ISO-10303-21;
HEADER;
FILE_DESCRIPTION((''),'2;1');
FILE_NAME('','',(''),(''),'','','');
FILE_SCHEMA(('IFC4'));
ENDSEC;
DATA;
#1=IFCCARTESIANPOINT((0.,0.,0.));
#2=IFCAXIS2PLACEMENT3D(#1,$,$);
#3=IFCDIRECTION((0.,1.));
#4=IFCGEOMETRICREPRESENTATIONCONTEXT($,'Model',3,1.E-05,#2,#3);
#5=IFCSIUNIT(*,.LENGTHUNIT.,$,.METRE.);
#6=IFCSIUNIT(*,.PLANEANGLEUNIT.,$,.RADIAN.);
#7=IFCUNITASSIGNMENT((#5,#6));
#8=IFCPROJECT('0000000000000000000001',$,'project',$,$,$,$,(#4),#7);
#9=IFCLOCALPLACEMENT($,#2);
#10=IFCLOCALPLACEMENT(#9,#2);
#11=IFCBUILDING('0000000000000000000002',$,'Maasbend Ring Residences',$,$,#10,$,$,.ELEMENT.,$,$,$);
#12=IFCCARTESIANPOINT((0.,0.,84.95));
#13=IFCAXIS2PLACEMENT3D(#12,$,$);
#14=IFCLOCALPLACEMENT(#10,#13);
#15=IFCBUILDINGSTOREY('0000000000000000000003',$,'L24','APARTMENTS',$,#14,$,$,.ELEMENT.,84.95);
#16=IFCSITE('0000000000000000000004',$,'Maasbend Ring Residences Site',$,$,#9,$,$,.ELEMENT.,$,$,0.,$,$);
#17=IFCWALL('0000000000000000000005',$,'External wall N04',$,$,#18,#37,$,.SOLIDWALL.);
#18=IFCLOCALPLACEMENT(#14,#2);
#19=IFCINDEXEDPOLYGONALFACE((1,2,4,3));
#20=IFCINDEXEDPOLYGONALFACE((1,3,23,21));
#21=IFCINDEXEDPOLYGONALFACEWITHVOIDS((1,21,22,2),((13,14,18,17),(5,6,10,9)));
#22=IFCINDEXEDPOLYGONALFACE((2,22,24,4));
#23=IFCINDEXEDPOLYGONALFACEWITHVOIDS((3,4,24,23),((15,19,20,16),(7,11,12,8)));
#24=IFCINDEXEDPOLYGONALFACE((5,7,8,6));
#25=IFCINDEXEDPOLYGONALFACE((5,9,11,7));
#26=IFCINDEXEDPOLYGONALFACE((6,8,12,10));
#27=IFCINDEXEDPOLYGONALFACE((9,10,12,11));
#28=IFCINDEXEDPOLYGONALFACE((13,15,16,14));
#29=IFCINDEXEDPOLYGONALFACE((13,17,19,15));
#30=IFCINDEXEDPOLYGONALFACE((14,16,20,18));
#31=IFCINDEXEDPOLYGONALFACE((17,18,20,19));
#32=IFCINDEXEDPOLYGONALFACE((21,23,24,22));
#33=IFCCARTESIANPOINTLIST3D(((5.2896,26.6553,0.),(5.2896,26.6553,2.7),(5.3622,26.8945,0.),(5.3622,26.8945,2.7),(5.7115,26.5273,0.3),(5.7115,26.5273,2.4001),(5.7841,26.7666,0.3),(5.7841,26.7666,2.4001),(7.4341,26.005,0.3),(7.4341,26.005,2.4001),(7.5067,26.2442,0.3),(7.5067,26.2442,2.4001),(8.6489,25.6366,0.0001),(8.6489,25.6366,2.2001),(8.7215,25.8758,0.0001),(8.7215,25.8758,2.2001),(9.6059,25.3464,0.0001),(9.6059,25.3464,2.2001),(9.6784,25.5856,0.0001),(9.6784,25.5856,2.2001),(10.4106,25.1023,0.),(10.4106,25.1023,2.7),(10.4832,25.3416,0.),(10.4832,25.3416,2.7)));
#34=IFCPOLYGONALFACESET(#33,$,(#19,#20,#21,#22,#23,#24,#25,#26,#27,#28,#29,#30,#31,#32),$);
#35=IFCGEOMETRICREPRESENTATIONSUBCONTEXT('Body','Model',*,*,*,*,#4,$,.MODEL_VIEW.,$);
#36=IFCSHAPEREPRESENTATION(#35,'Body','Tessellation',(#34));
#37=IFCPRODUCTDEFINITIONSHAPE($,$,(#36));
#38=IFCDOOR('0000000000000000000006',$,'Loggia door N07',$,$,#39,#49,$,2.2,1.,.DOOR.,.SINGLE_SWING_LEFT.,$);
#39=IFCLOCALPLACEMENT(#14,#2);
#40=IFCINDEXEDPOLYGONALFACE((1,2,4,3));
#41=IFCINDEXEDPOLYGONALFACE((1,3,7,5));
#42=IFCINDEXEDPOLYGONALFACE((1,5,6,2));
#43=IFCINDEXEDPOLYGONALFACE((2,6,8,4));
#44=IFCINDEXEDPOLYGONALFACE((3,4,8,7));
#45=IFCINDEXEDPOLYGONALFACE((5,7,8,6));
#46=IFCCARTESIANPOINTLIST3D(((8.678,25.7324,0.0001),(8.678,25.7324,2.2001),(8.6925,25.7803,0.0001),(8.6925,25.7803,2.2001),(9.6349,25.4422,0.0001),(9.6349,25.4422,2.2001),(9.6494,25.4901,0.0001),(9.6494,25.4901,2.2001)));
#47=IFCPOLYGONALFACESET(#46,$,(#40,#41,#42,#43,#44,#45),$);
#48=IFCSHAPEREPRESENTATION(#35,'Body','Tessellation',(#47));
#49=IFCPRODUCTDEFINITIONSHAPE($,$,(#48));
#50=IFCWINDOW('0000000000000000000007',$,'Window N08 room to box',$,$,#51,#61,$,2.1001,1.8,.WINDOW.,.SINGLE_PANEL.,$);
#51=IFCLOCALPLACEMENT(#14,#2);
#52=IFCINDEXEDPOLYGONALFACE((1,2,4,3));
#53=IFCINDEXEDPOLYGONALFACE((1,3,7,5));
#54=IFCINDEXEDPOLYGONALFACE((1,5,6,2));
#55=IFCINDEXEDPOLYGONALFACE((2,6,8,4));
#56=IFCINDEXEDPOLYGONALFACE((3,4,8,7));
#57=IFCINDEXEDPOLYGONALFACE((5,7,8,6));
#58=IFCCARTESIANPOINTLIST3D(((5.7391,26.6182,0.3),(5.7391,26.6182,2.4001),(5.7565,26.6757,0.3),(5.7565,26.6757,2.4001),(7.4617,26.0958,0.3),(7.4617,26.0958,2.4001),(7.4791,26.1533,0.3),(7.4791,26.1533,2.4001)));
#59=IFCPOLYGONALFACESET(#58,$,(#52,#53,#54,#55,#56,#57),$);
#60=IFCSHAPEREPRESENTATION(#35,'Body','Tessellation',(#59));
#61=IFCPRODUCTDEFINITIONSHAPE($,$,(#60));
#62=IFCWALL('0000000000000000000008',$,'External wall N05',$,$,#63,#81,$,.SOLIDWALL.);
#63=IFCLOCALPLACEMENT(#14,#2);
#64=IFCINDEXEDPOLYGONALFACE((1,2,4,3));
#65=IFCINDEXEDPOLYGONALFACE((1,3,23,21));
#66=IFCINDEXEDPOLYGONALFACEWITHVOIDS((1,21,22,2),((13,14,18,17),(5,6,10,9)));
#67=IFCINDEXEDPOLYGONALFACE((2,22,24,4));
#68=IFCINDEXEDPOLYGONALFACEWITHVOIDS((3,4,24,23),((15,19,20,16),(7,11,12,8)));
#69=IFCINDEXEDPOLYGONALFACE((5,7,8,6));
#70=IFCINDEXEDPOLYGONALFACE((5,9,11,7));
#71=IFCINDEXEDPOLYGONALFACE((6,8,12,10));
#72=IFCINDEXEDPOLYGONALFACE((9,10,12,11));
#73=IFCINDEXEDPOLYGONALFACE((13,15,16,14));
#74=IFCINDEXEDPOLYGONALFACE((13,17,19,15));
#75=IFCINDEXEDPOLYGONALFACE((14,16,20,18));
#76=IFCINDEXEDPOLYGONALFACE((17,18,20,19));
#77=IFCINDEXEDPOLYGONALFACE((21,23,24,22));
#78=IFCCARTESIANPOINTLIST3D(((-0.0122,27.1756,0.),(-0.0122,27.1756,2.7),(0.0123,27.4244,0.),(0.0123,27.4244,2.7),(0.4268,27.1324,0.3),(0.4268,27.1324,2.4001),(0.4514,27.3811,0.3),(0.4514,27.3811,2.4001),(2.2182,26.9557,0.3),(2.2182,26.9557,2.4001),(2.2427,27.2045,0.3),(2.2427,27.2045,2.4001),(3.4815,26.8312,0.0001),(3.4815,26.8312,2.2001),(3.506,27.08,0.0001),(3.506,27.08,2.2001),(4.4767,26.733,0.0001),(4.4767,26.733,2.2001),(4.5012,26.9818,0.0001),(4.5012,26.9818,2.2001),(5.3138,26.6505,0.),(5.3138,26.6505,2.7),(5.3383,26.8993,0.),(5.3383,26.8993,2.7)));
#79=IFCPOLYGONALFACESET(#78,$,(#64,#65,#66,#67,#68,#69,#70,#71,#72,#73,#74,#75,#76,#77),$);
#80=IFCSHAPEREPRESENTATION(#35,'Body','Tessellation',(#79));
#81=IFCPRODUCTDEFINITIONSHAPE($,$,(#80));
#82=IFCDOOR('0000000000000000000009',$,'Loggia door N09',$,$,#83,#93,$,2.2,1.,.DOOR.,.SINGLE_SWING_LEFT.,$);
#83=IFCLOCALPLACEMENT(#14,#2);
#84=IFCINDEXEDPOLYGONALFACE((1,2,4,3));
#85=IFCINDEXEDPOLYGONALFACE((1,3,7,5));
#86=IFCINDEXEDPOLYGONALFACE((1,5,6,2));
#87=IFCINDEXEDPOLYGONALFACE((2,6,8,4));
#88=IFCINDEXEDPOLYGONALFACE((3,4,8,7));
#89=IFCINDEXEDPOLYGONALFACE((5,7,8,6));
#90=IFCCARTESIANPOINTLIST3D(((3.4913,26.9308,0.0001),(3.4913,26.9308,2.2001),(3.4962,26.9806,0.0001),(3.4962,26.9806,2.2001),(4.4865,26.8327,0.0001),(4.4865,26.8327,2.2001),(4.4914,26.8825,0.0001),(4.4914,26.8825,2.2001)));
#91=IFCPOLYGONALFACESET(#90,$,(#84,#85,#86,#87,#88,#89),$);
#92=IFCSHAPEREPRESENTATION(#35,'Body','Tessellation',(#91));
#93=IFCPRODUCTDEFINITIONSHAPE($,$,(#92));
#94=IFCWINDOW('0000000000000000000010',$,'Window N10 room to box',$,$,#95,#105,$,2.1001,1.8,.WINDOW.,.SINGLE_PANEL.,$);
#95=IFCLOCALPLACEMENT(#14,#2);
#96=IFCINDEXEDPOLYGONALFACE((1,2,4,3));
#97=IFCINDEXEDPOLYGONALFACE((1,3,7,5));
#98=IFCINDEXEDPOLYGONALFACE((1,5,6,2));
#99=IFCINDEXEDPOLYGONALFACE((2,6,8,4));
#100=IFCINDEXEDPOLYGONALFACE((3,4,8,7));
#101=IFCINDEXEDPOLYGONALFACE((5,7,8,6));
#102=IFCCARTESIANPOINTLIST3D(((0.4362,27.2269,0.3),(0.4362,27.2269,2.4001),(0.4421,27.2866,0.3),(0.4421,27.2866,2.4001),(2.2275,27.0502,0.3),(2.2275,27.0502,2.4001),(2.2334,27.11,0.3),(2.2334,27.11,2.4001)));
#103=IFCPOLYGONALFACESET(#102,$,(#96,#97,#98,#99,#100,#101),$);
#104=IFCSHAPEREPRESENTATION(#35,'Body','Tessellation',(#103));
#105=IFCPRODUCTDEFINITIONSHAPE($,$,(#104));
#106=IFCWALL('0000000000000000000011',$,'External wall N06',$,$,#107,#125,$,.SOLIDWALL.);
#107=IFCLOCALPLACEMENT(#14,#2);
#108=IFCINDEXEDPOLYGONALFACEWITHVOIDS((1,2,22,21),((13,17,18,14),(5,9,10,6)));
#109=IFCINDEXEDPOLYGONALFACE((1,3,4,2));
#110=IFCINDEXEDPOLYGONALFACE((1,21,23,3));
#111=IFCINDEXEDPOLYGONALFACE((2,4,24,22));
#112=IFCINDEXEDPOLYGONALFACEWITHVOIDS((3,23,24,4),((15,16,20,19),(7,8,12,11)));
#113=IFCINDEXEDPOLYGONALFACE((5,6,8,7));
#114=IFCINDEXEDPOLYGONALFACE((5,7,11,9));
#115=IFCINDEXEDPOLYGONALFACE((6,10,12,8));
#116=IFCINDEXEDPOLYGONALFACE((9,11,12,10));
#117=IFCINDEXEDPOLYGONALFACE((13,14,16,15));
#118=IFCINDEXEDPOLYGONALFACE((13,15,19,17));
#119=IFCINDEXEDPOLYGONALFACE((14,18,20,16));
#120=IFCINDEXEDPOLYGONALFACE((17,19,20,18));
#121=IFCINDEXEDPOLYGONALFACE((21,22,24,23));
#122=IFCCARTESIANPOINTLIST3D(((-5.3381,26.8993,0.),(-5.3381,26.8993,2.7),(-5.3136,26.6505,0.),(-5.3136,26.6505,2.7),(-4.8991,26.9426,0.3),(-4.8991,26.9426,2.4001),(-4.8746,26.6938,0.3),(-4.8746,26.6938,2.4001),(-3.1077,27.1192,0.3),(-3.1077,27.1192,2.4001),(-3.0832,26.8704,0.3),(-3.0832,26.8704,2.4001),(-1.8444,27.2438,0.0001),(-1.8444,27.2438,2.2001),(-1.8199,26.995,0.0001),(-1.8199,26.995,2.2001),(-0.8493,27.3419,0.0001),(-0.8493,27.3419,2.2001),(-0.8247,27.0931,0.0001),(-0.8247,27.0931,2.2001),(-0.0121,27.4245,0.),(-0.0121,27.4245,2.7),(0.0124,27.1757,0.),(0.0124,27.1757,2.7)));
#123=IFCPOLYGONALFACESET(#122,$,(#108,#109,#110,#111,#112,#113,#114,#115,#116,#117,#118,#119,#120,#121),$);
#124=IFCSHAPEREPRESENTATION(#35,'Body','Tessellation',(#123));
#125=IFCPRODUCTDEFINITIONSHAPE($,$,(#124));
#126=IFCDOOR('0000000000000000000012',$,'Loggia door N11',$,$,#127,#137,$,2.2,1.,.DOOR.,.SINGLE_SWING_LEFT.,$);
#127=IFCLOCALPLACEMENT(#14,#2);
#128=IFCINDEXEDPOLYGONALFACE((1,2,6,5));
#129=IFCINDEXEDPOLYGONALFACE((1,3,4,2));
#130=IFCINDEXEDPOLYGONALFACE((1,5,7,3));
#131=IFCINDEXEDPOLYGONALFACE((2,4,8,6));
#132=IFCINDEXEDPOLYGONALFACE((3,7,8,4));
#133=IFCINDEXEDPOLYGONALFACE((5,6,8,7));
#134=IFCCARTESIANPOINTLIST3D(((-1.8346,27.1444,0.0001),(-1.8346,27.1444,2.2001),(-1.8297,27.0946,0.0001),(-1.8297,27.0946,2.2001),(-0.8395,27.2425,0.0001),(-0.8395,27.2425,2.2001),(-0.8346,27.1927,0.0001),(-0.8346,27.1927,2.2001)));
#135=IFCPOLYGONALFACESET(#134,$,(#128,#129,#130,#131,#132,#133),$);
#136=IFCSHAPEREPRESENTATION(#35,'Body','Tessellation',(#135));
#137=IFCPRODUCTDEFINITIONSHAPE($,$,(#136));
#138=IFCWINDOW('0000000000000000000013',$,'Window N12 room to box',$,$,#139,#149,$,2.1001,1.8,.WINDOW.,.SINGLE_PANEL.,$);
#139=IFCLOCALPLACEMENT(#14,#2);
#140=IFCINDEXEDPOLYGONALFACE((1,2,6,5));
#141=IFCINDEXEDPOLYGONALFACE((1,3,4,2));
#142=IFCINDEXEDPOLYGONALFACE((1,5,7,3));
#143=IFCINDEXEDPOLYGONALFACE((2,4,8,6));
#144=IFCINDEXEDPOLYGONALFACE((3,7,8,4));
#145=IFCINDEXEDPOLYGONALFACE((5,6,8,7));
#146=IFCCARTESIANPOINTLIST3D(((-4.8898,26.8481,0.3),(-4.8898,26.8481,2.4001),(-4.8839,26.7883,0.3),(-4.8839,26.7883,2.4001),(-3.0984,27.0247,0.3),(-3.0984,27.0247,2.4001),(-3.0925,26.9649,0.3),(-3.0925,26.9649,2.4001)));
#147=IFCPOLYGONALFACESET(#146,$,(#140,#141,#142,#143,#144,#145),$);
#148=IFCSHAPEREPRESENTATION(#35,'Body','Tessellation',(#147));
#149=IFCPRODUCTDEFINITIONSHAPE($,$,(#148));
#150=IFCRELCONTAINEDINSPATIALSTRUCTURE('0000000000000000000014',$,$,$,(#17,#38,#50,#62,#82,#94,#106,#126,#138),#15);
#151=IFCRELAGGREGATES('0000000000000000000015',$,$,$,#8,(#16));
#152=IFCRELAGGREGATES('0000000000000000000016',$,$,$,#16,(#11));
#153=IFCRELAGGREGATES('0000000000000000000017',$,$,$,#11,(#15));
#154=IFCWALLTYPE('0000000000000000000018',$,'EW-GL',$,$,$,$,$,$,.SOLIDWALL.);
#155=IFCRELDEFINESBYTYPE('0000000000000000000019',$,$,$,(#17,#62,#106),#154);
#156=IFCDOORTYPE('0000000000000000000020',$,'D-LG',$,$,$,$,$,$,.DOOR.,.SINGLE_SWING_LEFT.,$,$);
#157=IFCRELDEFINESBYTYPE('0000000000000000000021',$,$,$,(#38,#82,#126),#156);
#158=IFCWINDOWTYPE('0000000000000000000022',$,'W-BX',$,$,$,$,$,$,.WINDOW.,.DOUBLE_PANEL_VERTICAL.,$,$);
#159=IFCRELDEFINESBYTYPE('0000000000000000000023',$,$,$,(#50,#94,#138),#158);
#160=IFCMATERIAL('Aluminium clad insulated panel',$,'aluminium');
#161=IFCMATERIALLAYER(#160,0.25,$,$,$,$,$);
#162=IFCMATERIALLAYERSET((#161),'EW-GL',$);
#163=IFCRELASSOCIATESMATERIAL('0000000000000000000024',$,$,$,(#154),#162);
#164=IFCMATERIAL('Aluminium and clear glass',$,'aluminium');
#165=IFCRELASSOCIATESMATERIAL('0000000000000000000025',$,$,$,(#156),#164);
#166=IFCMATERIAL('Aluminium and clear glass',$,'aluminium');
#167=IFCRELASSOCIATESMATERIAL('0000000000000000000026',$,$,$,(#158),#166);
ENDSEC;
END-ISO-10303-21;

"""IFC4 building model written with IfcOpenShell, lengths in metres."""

from ifc_helpers import new_model, si_unit, direction, frame, frame_2d, origin, place, context, subcontext, project, spatial, rectangle, extrude, material, layer, layer_set, type_object, element, fill, save


model = new_model("IFC4")

# Units and contexts
model_context = context("Model", 3, precision=1e-05, world=origin(), true_north=direction((0.0, 1.0)))
body_context = subcontext(model_context, "Body", "Model", "MODEL_VIEW")
ifc_project = project(units=[si_unit("LENGTHUNIT", "METRE"), si_unit("PLANEANGLEUNIT", "RADIAN")], contexts=[model_context])

# Site, building, storey
site_placement = place(None, origin())
site = spatial("IfcSite", under=ifc_project, at=site_placement, Name="Maasbend Ring Residences Site", CompositionType="ELEMENT", RefElevation=0.0)
building_placement = place(site_placement, origin())
building = spatial("IfcBuilding", under=site, at=building_placement, Name="Maasbend Ring Residences", CompositionType="ELEMENT")
storey_placement = place(building_placement, frame((0.0, 0.0, 84.95)))
storey = spatial("IfcBuildingStorey", under=building, at=storey_placement, Name="L24", Description="APARTMENTS", CompositionType="ELEMENT", Elevation=84.95)

# Walls, openings, doors, windows
ifc_material_1 = material(Name="Aluminium clad insulated panel", Category="aluminium")
ifc_layer_1 = layer(ifc_material_1, 0.25)
ifc_layer_set_1 = layer_set([ifc_layer_1], Name="EW-GL")
wall_type_1 = type_object("IfcWallType", Name="EW-GL", PredefinedType="SOLIDWALL", material=ifc_layer_set_1)
wall_1_placement = place(storey_placement, frame((10.447, 25.2219, 0.0), z_axis=(0.0, 0.0, 1.0), x_axis=(-0.956966, 0.290201, 0.0)))
wall_1 = element("IfcWall", 1, at=wall_1_placement, inside=storey, type_object=wall_type_1, Name="External wall N04", PredefinedType="SOLIDWALL", context=body_context, shape_type="SweptSolid", body=[
    extrude(rectangle(XDim=5.3513, YDim=0.25, at=frame_2d((2.6758, 0.0))), origin(), (0.0, 0.0, 1.0), 2.7),
])
opening_1_placement = place(wall_1_placement, frame((0.8411, 0.0, 0.0)))
opening_1 = element("IfcOpeningElement", 2, at=opening_1_placement, cuts=wall_1, PredefinedType="OPENING", context=body_context, shape_type="SweptSolid", body=[
    extrude(rectangle(XDim=1.0, YDim=2.2, at=frame_2d((0.5, 1.1001))), frame((0.0, 0.135, 0.0), z_axis=(0.0, -1.0, 0.0), x_axis=(1.0, 0.0, 0.0)), (0.0, 0.0, 1.0), 0.27),
])
opening_2_placement = place(wall_1_placement, frame((3.1106, 0.0, 0.3)))
opening_2 = element("IfcOpeningElement", 3, at=opening_2_placement, cuts=wall_1, PredefinedType="OPENING", context=body_context, shape_type="SweptSolid", body=[
    extrude(rectangle(XDim=1.8, YDim=2.1001, at=frame_2d((0.8999, 1.05))), frame((0.0, 0.135, 0.0), z_axis=(0.0, -1.0, 0.0), x_axis=(1.0, 0.0, 0.0)), (0.0, 0.0, 1.0), 0.27),
])
ifc_material_2 = material(Name="Aluminium and clear glass", Category="aluminium")
door_type_1 = type_object("IfcDoorType", Name="D-LG", OperationType="SINGLE_SWING_LEFT", PredefinedType="DOOR", material=ifc_material_2)
door_1_placement = place(opening_1_placement, origin())
door_1 = element("IfcDoor", 4, at=door_1_placement, inside=storey, type_object=door_type_1, Name="Loggia door N07", OperationType="SINGLE_SWING_LEFT", OverallHeight=2.2, OverallWidth=1.0, PredefinedType="DOOR", context=body_context, shape_type="SweptSolid", body=[
    extrude(rectangle(XDim=1.0, YDim=2.2, at=frame_2d((0.5, 1.1001))), frame((0.0, 0.0249, 0.0), z_axis=(0.0, -1.0, 0.0), x_axis=(1.0, 0.0, 0.0)), (0.0, 0.0, 1.0), 0.05),
])
fill(opening_1, door_1)
ifc_material_3 = material(Name="Aluminium and clear glass", Category="aluminium")
window_type_1 = type_object("IfcWindowType", Name="W-BX", PartitioningType="DOUBLE_PANEL_VERTICAL", PredefinedType="WINDOW", material=ifc_material_3)
window_1_placement = place(opening_2_placement, origin())
window_1 = element("IfcWindow", 5, at=window_1_placement, inside=storey, type_object=window_type_1, Name="Window N08 room to box", OverallHeight=2.1001, OverallWidth=1.8, PartitioningType="SINGLE_PANEL", PredefinedType="WINDOW", context=body_context, shape_type="SweptSolid", body=[
    extrude(rectangle(XDim=1.8, YDim=2.1001, at=frame_2d((0.8999, 1.05))), frame((0.0, 0.03, 0.0), z_axis=(0.0, -1.0, 0.0), x_axis=(1.0, 0.0, 0.0)), (0.0, 0.0, 1.0), 0.0601),
])
fill(opening_2, window_1)
wall_2_placement = place(storey_placement, frame((5.3259, 26.7749, 0.0), z_axis=(0.0, 0.0, 1.0), x_axis=(-0.995174, 0.098126, 0.0)))
wall_2 = element("IfcWall", 6, at=wall_2_placement, inside=storey, type_object=wall_type_1, Name="External wall N05", PredefinedType="SOLIDWALL", context=body_context, shape_type="SweptSolid", body=[
    extrude(rectangle(XDim=5.3518, YDim=0.25, at=frame_2d((2.6758, 0.0))), origin(), (0.0, 0.0, 1.0), 2.7),
])
opening_3_placement = place(wall_2_placement, frame((0.8411, 0.0, 0.0)))
opening_3 = element("IfcOpeningElement", 7, at=opening_3_placement, cuts=wall_2, PredefinedType="OPENING", context=body_context, shape_type="SweptSolid", body=[
    extrude(rectangle(XDim=1.0, YDim=2.2, at=frame_2d((0.5, 1.1001))), frame((0.0, 0.135, 0.0), z_axis=(0.0, -1.0, 0.0), x_axis=(1.0, 0.0, 0.0)), (0.0, 0.0, 1.0), 0.27),
])
opening_4_placement = place(wall_2_placement, frame((3.1106, 0.0, 0.3)))
opening_4 = element("IfcOpeningElement", 8, at=opening_4_placement, cuts=wall_2, PredefinedType="OPENING", context=body_context, shape_type="SweptSolid", body=[
    extrude(rectangle(XDim=1.8, YDim=2.1001, at=frame_2d((0.8999, 1.05))), frame((0.0, 0.135, 0.0), z_axis=(0.0, -1.0, 0.0), x_axis=(1.0, 0.0, 0.0)), (0.0, 0.0, 1.0), 0.27),
])
door_2_placement = place(opening_3_placement, origin())
door_2 = element("IfcDoor", 9, at=door_2_placement, inside=storey, type_object=door_type_1, Name="Loggia door N09", OperationType="SINGLE_SWING_LEFT", OverallHeight=2.2, OverallWidth=1.0, PredefinedType="DOOR", context=body_context, shape_type="SweptSolid", body=[
    extrude(rectangle(XDim=1.0, YDim=2.2, at=frame_2d((0.5, 1.1001))), frame((0.0, 0.0249, 0.0), z_axis=(0.0, -1.0, 0.0), x_axis=(1.0, 0.0, 0.0)), (0.0, 0.0, 1.0), 0.05),
])
fill(opening_3, door_2)
window_2_placement = place(opening_4_placement, origin())
window_2 = element("IfcWindow", 10, at=window_2_placement, inside=storey, type_object=window_type_1, Name="Window N10 room to box", OverallHeight=2.1001, OverallWidth=1.8, PartitioningType="SINGLE_PANEL", PredefinedType="WINDOW", context=body_context, shape_type="SweptSolid", body=[
    extrude(rectangle(XDim=1.8, YDim=2.1001, at=frame_2d((0.8999, 1.05))), frame((0.0, 0.03, 0.0), z_axis=(0.0, -1.0, 0.0), x_axis=(1.0, 0.0, 0.0)), (0.0, 0.0, 1.0), 0.0601),
])
fill(opening_4, window_2)
wall_3_placement = place(storey_placement, frame((0.0, 27.3, 0.0), z_axis=(0.0, 0.0, 1.0), x_axis=(-0.995174, -0.098126, 0.0)))
wall_3 = element("IfcWall", 11, at=wall_3_placement, inside=storey, type_object=wall_type_1, Name="External wall N06", PredefinedType="SOLIDWALL", context=body_context, shape_type="SweptSolid", body=[
    extrude(rectangle(XDim=5.3518, YDim=0.25, at=frame_2d((2.6758, 0.0))), origin(), (0.0, 0.0, 1.0), 2.7),
])
opening_5_placement = place(wall_3_placement, frame((0.8411, 0.0, 0.0)))
opening_5 = element("IfcOpeningElement", 12, at=opening_5_placement, cuts=wall_3, PredefinedType="OPENING", context=body_context, shape_type="SweptSolid", body=[
    extrude(rectangle(XDim=1.0, YDim=2.2, at=frame_2d((0.5, 1.1001))), frame((0.0, 0.135, 0.0), z_axis=(0.0, -1.0, 0.0), x_axis=(1.0, 0.0, 0.0)), (0.0, 0.0, 1.0), 0.27),
])
opening_6_placement = place(wall_3_placement, frame((3.1106, 0.0, 0.3)))
opening_6 = element("IfcOpeningElement", 13, at=opening_6_placement, cuts=wall_3, PredefinedType="OPENING", context=body_context, shape_type="SweptSolid", body=[
    extrude(rectangle(XDim=1.8, YDim=2.1001, at=frame_2d((0.8999, 1.05))), frame((0.0, 0.135, 0.0), z_axis=(0.0, -1.0, 0.0), x_axis=(1.0, 0.0, 0.0)), (0.0, 0.0, 1.0), 0.27),
])
door_3_placement = place(opening_5_placement, origin())
door_3 = element("IfcDoor", 14, at=door_3_placement, inside=storey, type_object=door_type_1, Name="Loggia door N11", OperationType="SINGLE_SWING_LEFT", OverallHeight=2.2, OverallWidth=1.0, PredefinedType="DOOR", context=body_context, shape_type="SweptSolid", body=[
    extrude(rectangle(XDim=1.0, YDim=2.2, at=frame_2d((0.5, 1.1001))), frame((0.0, 0.0249, 0.0), z_axis=(0.0, -1.0, 0.0), x_axis=(1.0, 0.0, 0.0)), (0.0, 0.0, 1.0), 0.05),
])
fill(opening_5, door_3)
window_3_placement = place(opening_6_placement, origin())
window_3 = element("IfcWindow", 15, at=window_3_placement, inside=storey, type_object=window_type_1, Name="Window N12 room to box", OverallHeight=2.1001, OverallWidth=1.8, PartitioningType="SINGLE_PANEL", PredefinedType="WINDOW", context=body_context, shape_type="SweptSolid", body=[
    extrude(rectangle(XDim=1.8, YDim=2.1001, at=frame_2d((0.8999, 1.05))), frame((0.0, 0.03, 0.0), z_axis=(0.0, -1.0, 0.0), x_axis=(1.0, 0.0, 0.0)), (0.0, 0.0, 1.0), 0.0601),
])
fill(opening_6, window_3)

save(model, "model.ifc")
